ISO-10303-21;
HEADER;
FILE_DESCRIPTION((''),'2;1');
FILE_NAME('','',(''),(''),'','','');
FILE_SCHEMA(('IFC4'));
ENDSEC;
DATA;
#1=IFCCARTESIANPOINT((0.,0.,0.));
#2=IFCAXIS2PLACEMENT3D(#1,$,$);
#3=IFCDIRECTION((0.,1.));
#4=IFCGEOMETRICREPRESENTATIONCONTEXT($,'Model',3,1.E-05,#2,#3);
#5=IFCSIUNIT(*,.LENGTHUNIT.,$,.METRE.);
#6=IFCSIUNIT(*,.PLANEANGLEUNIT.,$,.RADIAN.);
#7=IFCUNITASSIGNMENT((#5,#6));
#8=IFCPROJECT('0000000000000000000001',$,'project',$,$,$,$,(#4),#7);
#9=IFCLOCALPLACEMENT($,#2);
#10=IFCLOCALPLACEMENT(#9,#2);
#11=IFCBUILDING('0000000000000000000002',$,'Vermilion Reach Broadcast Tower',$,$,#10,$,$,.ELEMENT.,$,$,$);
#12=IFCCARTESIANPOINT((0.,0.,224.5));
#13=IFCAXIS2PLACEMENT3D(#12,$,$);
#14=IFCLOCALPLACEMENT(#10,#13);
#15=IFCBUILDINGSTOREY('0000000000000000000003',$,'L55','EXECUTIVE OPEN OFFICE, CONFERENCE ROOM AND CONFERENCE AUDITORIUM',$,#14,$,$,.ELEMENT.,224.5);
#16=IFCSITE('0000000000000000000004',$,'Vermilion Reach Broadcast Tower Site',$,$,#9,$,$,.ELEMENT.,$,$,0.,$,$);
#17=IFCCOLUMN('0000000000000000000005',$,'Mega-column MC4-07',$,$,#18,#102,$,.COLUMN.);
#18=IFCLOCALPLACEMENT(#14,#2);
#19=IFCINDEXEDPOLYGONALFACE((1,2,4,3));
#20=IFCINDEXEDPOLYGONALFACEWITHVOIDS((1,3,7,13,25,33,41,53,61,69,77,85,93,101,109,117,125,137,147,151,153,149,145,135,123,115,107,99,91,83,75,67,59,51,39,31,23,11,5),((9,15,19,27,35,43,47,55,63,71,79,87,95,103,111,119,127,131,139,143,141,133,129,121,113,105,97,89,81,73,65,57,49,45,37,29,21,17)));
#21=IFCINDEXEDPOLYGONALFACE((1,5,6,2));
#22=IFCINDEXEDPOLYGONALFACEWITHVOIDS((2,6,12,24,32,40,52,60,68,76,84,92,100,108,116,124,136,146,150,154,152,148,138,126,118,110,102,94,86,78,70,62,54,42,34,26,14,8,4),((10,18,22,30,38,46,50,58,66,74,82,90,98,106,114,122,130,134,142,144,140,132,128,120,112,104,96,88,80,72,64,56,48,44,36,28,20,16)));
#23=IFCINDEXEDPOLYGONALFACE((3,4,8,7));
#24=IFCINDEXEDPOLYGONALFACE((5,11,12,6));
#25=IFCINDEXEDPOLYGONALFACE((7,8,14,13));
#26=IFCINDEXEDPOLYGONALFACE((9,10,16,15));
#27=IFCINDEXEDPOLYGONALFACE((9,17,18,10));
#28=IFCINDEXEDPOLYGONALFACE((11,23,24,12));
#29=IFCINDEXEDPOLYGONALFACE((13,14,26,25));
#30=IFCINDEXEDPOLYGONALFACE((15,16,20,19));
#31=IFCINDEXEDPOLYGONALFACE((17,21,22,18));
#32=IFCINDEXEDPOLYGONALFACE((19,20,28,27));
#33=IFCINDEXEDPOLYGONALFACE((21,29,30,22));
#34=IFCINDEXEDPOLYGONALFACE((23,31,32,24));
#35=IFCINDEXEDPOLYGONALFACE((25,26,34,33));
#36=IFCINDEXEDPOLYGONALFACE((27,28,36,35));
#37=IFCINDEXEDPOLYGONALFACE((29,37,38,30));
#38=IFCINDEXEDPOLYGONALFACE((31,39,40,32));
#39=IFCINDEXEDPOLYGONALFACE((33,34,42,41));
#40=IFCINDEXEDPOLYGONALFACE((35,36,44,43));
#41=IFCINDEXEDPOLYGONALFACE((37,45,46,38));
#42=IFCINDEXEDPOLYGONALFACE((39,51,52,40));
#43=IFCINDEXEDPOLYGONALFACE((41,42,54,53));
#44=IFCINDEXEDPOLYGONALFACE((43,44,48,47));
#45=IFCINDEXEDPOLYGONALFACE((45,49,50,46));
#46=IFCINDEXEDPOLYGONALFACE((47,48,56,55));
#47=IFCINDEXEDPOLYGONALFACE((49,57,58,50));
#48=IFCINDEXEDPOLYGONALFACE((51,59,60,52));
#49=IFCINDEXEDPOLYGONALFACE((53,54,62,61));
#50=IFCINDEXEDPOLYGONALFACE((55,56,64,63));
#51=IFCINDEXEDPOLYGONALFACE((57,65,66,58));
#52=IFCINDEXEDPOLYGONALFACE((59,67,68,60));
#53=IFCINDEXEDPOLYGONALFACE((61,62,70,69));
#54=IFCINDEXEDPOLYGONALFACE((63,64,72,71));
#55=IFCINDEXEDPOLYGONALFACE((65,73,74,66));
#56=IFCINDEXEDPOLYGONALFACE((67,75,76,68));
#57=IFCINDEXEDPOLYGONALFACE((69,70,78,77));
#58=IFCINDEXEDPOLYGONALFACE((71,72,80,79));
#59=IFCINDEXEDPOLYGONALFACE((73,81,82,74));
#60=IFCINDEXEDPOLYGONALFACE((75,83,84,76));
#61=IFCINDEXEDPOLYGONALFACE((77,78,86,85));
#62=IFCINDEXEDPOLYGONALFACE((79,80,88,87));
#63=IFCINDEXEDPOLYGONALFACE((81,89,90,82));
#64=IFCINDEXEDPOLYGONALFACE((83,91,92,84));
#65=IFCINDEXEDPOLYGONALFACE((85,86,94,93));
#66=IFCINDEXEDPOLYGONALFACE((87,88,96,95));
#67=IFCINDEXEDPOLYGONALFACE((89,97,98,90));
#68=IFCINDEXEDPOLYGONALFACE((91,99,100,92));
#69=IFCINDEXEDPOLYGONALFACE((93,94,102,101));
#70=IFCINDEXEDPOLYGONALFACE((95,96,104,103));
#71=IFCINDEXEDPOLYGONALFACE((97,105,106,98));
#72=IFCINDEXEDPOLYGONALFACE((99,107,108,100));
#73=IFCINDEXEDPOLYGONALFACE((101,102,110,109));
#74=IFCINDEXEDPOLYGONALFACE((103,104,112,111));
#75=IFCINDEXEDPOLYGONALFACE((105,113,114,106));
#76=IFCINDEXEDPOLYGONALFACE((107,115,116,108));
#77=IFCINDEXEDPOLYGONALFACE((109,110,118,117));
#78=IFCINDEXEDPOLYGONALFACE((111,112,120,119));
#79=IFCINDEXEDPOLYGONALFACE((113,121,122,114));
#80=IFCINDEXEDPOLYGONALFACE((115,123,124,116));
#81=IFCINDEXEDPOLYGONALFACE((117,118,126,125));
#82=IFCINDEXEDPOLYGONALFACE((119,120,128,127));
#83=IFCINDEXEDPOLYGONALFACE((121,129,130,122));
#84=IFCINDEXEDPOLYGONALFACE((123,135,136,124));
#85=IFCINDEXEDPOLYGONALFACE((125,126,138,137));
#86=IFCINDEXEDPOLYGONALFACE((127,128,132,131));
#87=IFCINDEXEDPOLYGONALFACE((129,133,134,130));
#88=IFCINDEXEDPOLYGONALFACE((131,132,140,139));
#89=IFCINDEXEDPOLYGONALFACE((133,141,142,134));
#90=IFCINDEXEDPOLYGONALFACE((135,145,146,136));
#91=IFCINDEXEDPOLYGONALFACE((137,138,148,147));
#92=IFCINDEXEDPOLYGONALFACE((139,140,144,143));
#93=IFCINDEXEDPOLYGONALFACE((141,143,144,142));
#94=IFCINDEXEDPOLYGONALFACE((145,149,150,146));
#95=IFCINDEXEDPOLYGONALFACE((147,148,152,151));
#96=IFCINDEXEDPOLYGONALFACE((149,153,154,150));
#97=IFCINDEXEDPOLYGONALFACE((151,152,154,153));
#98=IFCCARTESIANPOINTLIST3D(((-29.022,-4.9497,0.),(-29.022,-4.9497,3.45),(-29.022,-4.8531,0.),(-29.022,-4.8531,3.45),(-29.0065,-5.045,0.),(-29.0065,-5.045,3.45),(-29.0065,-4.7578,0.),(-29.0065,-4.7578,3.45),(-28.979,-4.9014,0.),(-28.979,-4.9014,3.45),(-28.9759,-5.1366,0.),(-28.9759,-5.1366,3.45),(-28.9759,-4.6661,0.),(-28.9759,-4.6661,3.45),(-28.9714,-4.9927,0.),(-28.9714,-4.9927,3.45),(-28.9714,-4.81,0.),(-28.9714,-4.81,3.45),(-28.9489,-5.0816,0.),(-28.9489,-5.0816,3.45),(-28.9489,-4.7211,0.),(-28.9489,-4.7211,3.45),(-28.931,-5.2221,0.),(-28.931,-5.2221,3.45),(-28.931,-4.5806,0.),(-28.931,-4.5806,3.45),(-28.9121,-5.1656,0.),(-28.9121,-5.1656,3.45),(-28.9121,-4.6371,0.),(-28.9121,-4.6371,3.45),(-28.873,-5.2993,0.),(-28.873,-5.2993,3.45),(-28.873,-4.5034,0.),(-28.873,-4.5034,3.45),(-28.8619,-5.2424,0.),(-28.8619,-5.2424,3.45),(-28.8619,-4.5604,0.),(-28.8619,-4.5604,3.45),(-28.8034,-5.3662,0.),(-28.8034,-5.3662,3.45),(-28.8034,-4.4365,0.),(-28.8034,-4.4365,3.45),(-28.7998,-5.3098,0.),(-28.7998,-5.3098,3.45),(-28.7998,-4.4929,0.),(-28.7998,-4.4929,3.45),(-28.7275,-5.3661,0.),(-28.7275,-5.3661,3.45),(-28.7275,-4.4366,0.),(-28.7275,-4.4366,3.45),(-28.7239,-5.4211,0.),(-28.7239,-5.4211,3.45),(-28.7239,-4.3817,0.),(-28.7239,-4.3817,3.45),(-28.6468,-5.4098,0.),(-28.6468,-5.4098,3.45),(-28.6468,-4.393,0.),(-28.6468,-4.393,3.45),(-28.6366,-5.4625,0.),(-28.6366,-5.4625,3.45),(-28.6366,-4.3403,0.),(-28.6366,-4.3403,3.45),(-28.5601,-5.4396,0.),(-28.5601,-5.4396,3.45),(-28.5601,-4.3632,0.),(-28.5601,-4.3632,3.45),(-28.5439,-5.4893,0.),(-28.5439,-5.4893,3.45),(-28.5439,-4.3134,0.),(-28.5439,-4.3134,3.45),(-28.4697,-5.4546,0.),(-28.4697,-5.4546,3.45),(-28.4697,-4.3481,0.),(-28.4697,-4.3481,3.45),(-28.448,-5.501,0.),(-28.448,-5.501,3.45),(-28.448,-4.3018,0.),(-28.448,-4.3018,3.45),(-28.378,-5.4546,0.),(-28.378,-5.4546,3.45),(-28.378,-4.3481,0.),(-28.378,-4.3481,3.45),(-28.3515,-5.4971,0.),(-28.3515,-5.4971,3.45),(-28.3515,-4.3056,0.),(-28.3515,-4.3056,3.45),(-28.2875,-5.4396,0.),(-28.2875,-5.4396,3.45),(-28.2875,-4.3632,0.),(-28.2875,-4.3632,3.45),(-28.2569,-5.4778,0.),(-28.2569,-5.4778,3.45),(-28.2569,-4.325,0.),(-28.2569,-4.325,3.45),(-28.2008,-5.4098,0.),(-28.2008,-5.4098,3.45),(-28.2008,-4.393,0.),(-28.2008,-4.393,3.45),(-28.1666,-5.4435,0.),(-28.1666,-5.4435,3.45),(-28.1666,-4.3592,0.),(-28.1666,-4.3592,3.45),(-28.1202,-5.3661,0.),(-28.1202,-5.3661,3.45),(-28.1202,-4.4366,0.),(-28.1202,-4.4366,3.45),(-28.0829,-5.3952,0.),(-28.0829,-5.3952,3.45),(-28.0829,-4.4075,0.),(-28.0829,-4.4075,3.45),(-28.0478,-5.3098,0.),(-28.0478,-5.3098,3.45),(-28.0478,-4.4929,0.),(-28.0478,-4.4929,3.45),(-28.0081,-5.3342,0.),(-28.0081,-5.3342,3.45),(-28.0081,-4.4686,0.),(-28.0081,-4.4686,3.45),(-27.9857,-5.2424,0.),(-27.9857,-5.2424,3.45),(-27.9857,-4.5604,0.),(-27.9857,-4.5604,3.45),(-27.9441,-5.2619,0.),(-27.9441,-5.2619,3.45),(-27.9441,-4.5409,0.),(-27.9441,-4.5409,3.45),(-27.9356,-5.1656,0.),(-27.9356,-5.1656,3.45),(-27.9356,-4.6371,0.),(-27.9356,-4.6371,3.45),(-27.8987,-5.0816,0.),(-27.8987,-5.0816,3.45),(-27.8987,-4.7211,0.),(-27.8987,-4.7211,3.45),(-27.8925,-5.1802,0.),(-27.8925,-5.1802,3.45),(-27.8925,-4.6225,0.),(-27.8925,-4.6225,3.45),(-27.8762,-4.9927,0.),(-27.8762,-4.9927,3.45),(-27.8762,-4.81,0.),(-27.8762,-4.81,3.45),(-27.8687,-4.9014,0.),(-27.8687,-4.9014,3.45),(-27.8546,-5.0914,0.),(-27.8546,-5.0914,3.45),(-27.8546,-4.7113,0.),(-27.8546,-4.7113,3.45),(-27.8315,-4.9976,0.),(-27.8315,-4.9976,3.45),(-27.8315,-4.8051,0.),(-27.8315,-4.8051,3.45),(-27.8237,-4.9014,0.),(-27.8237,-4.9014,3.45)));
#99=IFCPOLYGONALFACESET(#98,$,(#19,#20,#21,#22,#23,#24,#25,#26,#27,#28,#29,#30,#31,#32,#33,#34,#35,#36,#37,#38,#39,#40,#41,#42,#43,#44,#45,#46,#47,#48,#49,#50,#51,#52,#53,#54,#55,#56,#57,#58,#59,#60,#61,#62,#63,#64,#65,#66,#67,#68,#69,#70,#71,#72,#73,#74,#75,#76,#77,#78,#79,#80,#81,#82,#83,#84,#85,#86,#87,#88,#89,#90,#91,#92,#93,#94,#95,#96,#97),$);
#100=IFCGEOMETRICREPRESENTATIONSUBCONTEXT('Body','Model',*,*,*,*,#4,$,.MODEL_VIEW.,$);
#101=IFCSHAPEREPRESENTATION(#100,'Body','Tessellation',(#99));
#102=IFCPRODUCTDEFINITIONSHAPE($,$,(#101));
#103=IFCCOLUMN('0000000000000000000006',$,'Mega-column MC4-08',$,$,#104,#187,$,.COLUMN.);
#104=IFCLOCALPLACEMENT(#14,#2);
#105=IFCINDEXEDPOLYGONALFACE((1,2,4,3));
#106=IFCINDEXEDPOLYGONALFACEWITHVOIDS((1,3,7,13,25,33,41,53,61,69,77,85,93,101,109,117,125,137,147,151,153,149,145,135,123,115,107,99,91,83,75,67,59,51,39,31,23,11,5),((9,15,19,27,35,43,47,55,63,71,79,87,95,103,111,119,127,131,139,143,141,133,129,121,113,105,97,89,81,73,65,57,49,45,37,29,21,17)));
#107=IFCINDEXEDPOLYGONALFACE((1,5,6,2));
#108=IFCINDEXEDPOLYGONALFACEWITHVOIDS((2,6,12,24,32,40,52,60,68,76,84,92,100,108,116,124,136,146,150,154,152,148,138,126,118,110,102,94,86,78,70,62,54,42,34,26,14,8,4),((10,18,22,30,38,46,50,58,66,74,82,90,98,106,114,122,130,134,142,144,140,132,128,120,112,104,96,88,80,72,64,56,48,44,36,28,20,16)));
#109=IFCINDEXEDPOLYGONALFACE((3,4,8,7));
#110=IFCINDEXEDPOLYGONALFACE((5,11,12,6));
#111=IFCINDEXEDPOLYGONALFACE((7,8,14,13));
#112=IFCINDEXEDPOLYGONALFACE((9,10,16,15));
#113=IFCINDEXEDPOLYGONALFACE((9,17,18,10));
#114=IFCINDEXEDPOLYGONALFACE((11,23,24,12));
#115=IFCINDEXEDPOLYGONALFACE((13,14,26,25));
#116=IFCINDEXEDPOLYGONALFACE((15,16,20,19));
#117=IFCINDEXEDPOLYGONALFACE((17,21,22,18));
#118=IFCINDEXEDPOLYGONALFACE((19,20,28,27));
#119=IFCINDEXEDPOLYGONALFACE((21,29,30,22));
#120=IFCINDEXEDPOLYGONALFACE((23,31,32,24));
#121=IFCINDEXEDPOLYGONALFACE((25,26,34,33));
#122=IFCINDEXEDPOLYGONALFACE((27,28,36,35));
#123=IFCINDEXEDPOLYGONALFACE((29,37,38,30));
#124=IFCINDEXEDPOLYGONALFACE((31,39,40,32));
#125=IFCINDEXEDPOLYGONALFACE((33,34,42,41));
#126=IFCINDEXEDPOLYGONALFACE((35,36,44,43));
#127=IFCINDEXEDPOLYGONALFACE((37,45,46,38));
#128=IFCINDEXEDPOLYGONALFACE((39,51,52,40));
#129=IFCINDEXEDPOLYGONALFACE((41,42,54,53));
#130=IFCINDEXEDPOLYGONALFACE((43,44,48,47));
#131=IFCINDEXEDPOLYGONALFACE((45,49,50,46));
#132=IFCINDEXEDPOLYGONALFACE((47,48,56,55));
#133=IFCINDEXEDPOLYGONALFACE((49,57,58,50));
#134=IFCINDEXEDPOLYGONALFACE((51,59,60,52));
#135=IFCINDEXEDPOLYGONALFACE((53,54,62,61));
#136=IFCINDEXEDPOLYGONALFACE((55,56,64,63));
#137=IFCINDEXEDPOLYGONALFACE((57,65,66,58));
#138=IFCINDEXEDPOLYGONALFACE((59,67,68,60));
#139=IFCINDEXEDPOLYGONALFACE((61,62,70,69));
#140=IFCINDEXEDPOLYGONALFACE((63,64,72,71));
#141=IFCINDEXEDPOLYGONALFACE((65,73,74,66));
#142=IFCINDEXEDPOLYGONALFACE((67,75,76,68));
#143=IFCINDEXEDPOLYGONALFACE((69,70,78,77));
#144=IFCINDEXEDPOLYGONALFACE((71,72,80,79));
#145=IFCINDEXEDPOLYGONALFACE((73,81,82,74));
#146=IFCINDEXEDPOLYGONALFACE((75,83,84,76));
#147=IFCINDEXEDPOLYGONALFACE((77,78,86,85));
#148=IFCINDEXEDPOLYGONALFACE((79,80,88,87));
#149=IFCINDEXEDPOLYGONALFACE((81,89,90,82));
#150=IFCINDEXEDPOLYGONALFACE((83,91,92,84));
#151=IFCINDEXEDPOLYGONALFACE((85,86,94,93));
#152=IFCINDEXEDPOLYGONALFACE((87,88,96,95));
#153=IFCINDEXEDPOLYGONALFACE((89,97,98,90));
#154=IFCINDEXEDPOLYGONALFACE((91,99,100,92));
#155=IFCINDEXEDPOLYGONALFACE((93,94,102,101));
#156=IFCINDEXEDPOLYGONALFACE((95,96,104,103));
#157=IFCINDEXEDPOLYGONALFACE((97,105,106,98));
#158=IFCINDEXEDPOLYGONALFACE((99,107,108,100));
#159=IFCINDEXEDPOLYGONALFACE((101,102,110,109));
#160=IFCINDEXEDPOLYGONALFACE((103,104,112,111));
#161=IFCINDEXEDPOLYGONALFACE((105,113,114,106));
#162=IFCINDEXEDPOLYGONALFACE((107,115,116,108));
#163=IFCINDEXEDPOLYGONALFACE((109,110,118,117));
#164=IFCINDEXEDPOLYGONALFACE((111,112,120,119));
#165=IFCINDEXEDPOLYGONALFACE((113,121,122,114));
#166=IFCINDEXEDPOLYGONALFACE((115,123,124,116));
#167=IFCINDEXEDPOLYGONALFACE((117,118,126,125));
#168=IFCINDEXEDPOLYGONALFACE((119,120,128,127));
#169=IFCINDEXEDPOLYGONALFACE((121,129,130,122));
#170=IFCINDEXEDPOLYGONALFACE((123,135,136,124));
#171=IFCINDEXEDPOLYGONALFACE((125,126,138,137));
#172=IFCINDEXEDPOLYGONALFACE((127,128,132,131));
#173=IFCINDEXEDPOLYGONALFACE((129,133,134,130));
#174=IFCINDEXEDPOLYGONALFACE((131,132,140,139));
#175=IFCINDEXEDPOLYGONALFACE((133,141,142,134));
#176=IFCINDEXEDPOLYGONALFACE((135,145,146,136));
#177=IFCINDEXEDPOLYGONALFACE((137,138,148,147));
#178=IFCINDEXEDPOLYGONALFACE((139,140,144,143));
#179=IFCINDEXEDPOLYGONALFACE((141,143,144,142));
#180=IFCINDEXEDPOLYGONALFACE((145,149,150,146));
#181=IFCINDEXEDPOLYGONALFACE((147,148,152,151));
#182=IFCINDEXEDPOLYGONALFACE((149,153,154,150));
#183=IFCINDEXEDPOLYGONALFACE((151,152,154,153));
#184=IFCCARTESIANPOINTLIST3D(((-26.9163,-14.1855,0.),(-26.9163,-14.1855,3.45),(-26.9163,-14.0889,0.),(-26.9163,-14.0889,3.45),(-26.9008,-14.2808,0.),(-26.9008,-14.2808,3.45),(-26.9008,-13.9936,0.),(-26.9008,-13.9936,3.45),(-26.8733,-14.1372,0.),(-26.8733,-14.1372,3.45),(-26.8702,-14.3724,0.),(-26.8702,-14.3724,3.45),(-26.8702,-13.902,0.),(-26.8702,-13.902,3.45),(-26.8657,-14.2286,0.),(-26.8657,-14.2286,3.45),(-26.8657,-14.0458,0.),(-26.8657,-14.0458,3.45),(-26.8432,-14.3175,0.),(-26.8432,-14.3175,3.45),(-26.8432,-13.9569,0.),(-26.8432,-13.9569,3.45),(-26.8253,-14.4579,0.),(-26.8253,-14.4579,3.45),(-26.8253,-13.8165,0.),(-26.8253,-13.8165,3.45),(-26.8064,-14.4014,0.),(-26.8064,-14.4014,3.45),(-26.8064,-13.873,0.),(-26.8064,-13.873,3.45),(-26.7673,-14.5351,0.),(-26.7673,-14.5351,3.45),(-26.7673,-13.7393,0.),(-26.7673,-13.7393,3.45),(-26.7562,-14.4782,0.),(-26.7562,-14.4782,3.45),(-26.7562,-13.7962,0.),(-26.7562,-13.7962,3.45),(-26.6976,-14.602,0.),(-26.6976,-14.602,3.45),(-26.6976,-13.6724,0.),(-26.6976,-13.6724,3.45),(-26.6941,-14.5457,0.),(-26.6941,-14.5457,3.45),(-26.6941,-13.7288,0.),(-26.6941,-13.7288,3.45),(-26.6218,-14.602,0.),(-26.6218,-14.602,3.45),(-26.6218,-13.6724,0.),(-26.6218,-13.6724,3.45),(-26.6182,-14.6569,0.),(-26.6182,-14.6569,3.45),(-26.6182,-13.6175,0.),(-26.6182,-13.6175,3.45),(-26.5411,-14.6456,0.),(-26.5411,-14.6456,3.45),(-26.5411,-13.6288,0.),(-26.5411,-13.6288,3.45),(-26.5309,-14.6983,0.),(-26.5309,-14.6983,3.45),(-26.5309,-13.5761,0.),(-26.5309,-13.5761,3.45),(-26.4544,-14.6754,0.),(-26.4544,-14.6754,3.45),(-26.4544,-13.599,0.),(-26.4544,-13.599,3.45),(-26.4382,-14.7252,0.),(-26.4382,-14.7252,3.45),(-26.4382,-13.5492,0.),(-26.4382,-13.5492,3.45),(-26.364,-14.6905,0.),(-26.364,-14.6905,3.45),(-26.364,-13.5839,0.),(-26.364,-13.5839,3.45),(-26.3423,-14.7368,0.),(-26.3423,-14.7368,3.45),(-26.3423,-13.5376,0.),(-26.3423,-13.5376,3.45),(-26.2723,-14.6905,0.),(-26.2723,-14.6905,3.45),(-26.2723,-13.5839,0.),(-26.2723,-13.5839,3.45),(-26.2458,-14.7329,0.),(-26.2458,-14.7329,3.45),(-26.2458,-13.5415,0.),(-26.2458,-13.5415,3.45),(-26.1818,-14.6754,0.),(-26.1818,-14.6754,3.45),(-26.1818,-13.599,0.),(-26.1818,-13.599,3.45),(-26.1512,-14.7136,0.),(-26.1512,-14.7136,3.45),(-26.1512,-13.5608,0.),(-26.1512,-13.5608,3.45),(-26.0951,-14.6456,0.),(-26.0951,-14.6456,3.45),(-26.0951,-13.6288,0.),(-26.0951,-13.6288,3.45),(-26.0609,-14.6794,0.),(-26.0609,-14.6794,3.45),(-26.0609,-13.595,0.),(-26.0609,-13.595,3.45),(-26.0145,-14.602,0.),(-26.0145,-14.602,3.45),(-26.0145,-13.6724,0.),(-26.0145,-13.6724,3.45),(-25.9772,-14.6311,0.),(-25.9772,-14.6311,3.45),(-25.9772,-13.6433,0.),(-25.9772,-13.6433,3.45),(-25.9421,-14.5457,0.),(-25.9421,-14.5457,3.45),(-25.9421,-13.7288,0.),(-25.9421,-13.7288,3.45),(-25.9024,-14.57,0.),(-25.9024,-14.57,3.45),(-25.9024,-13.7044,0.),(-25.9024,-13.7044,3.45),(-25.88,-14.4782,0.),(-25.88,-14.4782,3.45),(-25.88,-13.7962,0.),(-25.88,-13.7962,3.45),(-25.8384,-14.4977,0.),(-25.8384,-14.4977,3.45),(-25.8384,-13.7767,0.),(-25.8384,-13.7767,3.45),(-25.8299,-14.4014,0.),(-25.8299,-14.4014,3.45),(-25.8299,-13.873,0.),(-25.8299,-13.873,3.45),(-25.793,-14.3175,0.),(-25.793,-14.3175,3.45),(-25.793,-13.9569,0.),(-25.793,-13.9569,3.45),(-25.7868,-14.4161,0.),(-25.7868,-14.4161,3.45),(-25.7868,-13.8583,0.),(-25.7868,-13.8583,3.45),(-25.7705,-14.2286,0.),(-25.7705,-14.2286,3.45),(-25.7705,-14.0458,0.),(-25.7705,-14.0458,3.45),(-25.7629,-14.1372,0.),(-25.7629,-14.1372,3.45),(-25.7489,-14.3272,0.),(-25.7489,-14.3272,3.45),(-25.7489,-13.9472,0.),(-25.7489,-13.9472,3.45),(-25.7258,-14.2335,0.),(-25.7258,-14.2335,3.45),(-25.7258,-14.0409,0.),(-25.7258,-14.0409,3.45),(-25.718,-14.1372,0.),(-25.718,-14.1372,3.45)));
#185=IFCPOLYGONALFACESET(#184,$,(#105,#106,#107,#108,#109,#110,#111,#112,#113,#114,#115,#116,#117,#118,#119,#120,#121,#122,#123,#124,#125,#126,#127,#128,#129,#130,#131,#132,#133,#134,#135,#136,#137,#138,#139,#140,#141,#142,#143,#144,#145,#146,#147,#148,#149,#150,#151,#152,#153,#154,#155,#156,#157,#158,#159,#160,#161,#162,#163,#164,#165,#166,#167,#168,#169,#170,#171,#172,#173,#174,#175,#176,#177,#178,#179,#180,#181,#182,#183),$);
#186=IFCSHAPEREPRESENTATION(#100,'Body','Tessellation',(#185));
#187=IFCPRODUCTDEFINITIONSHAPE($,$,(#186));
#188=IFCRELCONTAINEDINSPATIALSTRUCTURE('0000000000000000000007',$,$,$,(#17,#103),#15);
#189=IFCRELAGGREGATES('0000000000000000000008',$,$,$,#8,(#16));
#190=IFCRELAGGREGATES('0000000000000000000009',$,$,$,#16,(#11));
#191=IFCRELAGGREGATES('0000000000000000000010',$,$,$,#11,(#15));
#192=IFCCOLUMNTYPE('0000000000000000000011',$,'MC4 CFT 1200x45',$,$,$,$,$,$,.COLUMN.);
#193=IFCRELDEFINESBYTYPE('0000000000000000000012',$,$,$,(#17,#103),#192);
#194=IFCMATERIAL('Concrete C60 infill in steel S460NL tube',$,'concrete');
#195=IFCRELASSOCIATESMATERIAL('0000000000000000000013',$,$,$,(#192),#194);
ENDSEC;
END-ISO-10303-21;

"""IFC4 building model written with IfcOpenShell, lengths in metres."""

from ifc_helpers import new_model, si_unit, direction, frame, origin, origin_2d, place, context, subcontext, project, spatial, hollow_circle, extrude, material, material_profile, profile_set, type_object, element, save


model = new_model("IFC4")

# Units and contexts
model_context = context("Model", 3, precision=1e-05, world=origin(), true_north=direction((0.0, 1.0)))
body_context = subcontext(model_context, "Body", "Model", "MODEL_VIEW")
ifc_project = project(units=[si_unit("LENGTHUNIT", "METRE"), si_unit("PLANEANGLEUNIT", "RADIAN")], contexts=[model_context])

# Site, building, storey
site_placement = place(None, origin())
site = spatial("IfcSite", under=ifc_project, at=site_placement, Name="Vermilion Reach Broadcast Tower Site", CompositionType="ELEMENT", RefElevation=0.0)
building_placement = place(site_placement, origin())
building = spatial("IfcBuilding", under=site, at=building_placement, Name="Vermilion Reach Broadcast Tower", CompositionType="ELEMENT")
storey_placement = place(building_placement, frame((0.0, 0.0, 224.5)))
storey = spatial("IfcBuildingStorey", under=building, at=storey_placement, Name="L55", Description="EXECUTIVE OPEN OFFICE, CONFERENCE ROOM AND CONFERENCE AUDITORIUM", CompositionType="ELEMENT", Elevation=224.5)

# Columns
ifc_material_1 = material(Name="Concrete C60 infill in steel S460NL tube", Category="concrete")
ifc_material_profile_1 = material_profile(ifc_material_1, hollow_circle(Radius=0.6001, WallThickness=0.0449, at=origin_2d()), Name="Concrete C60 infill in steel S460NL tube CFT 1200x45")
ifc_profile_set_1 = profile_set([ifc_material_profile_1], Name="Concrete C60 infill in steel S460NL tube")
column_type = type_object("IfcColumnType", Name="MC4 CFT 1200x45", PredefinedType="COLUMN", material=ifc_profile_set_1)
for number, where, z_axis, x_axis, name in (
    (1, (-28.4238, -4.9014, 0.0), (0.0, 0.0, 1.0), (1.0, 0.0, 0.0), "Mega-column MC4-07"),
    (2, (-26.3181, -14.1372, 0.0), (0.0, 0.0, 1.0), (1.0, 0.0, 0.0), "Mega-column MC4-08"),
):
    element("IfcColumn", number, at=place(storey_placement, frame(where, z_axis=z_axis, x_axis=x_axis)), inside=storey, type_object=column_type, Name=name, PredefinedType="COLUMN", context=body_context, shape_type="SweptSolid", body=[
        extrude(hollow_circle(Radius=0.6001, WallThickness=0.0449, at=origin_2d()), origin(), (0.0, 0.0, 1.0), 3.45),
    ])

save(model, "model.ifc")
